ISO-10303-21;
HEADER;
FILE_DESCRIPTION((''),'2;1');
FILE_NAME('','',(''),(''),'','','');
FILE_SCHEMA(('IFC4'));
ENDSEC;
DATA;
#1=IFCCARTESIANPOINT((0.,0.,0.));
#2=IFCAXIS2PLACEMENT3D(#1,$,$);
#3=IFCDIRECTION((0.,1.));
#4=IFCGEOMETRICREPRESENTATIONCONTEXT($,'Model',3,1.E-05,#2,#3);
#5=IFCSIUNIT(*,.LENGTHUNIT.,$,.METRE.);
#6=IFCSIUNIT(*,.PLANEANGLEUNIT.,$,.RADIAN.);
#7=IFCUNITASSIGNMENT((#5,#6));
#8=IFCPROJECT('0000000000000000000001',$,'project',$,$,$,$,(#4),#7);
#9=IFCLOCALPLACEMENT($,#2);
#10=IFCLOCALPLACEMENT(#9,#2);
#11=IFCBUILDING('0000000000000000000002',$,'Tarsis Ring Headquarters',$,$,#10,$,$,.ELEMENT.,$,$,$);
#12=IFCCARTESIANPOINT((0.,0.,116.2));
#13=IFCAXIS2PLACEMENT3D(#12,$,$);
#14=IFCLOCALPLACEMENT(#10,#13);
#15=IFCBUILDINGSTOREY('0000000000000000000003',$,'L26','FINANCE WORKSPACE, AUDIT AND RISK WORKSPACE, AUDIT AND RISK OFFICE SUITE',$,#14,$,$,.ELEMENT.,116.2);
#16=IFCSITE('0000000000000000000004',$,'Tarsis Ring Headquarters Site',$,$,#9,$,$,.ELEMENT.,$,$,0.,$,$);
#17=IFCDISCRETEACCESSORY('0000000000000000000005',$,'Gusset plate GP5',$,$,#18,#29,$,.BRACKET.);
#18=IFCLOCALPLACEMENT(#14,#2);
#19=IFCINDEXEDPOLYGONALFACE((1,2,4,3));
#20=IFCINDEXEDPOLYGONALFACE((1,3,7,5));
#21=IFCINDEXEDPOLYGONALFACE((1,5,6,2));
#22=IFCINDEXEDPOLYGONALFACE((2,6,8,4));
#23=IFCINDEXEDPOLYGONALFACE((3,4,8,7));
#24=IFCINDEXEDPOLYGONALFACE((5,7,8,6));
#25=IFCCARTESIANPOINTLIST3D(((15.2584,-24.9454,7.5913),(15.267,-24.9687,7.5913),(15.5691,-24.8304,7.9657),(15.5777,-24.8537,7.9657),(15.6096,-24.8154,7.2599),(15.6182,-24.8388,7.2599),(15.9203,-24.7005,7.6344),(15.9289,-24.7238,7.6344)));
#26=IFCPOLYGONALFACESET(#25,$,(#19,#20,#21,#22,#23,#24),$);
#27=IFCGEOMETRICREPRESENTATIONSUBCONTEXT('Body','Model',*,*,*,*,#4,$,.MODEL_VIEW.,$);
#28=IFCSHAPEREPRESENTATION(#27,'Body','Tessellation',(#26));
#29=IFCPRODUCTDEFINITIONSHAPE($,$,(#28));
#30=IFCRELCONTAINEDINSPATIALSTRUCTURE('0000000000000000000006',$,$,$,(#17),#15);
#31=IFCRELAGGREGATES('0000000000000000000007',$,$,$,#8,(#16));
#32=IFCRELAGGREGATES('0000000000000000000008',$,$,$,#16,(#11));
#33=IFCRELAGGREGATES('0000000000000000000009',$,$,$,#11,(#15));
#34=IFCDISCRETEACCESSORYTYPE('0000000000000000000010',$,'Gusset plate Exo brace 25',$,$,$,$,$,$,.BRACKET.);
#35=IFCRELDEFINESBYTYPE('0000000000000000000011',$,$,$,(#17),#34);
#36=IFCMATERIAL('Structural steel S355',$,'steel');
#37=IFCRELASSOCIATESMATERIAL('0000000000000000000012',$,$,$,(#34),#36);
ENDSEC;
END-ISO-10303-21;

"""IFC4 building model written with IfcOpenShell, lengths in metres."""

from ifc_helpers import new_model, si_unit, direction, frame, origin, origin_2d, place, context, subcontext, project, spatial, rectangle, extrude, material, material_profile, profile_set, type_object, element, save


model = new_model("IFC4")

# Units and contexts
model_context = context("Model", 3, precision=1e-05, world=origin(), true_north=direction((0.0, 1.0)))
body_context = subcontext(model_context, "Body", "Model", "MODEL_VIEW")
ifc_project = project(units=[si_unit("LENGTHUNIT", "METRE"), si_unit("PLANEANGLEUNIT", "RADIAN")], contexts=[model_context])

# Site, building, storey
site_placement = place(None, origin())
site = spatial("IfcSite", under=ifc_project, at=site_placement, Name="Tarsis Ring Headquarters Site", CompositionType="ELEMENT", RefElevation=0.0)
building_placement = place(site_placement, origin())
building = spatial("IfcBuilding", under=site, at=building_placement, Name="Tarsis Ring Headquarters", CompositionType="ELEMENT")
storey_placement = place(building_placement, frame((0.0, 0.0, 116.2)))
storey = spatial("IfcBuildingStorey", under=building, at=storey_placement, Name="L26", Description="FINANCE WORKSPACE, AUDIT AND RISK WORKSPACE, AUDIT AND RISK OFFICE SUITE", CompositionType="ELEMENT", Elevation=116.2)

# Shared definitions
ifc_material_1 = material(Name="Structural steel S355", Category="steel")

# Discrete accessory
ifc_material_profile_1 = material_profile(ifc_material_1, rectangle(XDim=0.0249, YDim=0.5, at=origin_2d()), Name="PL 25x500")
ifc_profile_set_1 = profile_set([ifc_material_profile_1], Name="Structural steel S355")
discrete_accessory_type = type_object("IfcDiscreteAccessoryType", Name="Gusset plate Exo brace 25", PredefinedType="BRACKET", material=ifc_profile_set_1)
discrete_accessory_placement = place(storey_placement, frame((15.749, -24.7771, 7.8), z_axis=(-0.621492, -0.229947, -0.748914), x_axis=(0.347002, -0.937864, 0.0)))
element("IfcDiscreteAccessory", 1, at=discrete_accessory_placement, inside=storey, type_object=discrete_accessory_type, Name="Gusset plate GP5", PredefinedType="BRACKET", context=body_context, shape_type="SweptSolid", body=[
    extrude(rectangle(XDim=0.0249, YDim=0.5, at=origin_2d()), origin(), (0.0, 0.0, 1.0), 0.5),
])

save(model, "model.ifc")
